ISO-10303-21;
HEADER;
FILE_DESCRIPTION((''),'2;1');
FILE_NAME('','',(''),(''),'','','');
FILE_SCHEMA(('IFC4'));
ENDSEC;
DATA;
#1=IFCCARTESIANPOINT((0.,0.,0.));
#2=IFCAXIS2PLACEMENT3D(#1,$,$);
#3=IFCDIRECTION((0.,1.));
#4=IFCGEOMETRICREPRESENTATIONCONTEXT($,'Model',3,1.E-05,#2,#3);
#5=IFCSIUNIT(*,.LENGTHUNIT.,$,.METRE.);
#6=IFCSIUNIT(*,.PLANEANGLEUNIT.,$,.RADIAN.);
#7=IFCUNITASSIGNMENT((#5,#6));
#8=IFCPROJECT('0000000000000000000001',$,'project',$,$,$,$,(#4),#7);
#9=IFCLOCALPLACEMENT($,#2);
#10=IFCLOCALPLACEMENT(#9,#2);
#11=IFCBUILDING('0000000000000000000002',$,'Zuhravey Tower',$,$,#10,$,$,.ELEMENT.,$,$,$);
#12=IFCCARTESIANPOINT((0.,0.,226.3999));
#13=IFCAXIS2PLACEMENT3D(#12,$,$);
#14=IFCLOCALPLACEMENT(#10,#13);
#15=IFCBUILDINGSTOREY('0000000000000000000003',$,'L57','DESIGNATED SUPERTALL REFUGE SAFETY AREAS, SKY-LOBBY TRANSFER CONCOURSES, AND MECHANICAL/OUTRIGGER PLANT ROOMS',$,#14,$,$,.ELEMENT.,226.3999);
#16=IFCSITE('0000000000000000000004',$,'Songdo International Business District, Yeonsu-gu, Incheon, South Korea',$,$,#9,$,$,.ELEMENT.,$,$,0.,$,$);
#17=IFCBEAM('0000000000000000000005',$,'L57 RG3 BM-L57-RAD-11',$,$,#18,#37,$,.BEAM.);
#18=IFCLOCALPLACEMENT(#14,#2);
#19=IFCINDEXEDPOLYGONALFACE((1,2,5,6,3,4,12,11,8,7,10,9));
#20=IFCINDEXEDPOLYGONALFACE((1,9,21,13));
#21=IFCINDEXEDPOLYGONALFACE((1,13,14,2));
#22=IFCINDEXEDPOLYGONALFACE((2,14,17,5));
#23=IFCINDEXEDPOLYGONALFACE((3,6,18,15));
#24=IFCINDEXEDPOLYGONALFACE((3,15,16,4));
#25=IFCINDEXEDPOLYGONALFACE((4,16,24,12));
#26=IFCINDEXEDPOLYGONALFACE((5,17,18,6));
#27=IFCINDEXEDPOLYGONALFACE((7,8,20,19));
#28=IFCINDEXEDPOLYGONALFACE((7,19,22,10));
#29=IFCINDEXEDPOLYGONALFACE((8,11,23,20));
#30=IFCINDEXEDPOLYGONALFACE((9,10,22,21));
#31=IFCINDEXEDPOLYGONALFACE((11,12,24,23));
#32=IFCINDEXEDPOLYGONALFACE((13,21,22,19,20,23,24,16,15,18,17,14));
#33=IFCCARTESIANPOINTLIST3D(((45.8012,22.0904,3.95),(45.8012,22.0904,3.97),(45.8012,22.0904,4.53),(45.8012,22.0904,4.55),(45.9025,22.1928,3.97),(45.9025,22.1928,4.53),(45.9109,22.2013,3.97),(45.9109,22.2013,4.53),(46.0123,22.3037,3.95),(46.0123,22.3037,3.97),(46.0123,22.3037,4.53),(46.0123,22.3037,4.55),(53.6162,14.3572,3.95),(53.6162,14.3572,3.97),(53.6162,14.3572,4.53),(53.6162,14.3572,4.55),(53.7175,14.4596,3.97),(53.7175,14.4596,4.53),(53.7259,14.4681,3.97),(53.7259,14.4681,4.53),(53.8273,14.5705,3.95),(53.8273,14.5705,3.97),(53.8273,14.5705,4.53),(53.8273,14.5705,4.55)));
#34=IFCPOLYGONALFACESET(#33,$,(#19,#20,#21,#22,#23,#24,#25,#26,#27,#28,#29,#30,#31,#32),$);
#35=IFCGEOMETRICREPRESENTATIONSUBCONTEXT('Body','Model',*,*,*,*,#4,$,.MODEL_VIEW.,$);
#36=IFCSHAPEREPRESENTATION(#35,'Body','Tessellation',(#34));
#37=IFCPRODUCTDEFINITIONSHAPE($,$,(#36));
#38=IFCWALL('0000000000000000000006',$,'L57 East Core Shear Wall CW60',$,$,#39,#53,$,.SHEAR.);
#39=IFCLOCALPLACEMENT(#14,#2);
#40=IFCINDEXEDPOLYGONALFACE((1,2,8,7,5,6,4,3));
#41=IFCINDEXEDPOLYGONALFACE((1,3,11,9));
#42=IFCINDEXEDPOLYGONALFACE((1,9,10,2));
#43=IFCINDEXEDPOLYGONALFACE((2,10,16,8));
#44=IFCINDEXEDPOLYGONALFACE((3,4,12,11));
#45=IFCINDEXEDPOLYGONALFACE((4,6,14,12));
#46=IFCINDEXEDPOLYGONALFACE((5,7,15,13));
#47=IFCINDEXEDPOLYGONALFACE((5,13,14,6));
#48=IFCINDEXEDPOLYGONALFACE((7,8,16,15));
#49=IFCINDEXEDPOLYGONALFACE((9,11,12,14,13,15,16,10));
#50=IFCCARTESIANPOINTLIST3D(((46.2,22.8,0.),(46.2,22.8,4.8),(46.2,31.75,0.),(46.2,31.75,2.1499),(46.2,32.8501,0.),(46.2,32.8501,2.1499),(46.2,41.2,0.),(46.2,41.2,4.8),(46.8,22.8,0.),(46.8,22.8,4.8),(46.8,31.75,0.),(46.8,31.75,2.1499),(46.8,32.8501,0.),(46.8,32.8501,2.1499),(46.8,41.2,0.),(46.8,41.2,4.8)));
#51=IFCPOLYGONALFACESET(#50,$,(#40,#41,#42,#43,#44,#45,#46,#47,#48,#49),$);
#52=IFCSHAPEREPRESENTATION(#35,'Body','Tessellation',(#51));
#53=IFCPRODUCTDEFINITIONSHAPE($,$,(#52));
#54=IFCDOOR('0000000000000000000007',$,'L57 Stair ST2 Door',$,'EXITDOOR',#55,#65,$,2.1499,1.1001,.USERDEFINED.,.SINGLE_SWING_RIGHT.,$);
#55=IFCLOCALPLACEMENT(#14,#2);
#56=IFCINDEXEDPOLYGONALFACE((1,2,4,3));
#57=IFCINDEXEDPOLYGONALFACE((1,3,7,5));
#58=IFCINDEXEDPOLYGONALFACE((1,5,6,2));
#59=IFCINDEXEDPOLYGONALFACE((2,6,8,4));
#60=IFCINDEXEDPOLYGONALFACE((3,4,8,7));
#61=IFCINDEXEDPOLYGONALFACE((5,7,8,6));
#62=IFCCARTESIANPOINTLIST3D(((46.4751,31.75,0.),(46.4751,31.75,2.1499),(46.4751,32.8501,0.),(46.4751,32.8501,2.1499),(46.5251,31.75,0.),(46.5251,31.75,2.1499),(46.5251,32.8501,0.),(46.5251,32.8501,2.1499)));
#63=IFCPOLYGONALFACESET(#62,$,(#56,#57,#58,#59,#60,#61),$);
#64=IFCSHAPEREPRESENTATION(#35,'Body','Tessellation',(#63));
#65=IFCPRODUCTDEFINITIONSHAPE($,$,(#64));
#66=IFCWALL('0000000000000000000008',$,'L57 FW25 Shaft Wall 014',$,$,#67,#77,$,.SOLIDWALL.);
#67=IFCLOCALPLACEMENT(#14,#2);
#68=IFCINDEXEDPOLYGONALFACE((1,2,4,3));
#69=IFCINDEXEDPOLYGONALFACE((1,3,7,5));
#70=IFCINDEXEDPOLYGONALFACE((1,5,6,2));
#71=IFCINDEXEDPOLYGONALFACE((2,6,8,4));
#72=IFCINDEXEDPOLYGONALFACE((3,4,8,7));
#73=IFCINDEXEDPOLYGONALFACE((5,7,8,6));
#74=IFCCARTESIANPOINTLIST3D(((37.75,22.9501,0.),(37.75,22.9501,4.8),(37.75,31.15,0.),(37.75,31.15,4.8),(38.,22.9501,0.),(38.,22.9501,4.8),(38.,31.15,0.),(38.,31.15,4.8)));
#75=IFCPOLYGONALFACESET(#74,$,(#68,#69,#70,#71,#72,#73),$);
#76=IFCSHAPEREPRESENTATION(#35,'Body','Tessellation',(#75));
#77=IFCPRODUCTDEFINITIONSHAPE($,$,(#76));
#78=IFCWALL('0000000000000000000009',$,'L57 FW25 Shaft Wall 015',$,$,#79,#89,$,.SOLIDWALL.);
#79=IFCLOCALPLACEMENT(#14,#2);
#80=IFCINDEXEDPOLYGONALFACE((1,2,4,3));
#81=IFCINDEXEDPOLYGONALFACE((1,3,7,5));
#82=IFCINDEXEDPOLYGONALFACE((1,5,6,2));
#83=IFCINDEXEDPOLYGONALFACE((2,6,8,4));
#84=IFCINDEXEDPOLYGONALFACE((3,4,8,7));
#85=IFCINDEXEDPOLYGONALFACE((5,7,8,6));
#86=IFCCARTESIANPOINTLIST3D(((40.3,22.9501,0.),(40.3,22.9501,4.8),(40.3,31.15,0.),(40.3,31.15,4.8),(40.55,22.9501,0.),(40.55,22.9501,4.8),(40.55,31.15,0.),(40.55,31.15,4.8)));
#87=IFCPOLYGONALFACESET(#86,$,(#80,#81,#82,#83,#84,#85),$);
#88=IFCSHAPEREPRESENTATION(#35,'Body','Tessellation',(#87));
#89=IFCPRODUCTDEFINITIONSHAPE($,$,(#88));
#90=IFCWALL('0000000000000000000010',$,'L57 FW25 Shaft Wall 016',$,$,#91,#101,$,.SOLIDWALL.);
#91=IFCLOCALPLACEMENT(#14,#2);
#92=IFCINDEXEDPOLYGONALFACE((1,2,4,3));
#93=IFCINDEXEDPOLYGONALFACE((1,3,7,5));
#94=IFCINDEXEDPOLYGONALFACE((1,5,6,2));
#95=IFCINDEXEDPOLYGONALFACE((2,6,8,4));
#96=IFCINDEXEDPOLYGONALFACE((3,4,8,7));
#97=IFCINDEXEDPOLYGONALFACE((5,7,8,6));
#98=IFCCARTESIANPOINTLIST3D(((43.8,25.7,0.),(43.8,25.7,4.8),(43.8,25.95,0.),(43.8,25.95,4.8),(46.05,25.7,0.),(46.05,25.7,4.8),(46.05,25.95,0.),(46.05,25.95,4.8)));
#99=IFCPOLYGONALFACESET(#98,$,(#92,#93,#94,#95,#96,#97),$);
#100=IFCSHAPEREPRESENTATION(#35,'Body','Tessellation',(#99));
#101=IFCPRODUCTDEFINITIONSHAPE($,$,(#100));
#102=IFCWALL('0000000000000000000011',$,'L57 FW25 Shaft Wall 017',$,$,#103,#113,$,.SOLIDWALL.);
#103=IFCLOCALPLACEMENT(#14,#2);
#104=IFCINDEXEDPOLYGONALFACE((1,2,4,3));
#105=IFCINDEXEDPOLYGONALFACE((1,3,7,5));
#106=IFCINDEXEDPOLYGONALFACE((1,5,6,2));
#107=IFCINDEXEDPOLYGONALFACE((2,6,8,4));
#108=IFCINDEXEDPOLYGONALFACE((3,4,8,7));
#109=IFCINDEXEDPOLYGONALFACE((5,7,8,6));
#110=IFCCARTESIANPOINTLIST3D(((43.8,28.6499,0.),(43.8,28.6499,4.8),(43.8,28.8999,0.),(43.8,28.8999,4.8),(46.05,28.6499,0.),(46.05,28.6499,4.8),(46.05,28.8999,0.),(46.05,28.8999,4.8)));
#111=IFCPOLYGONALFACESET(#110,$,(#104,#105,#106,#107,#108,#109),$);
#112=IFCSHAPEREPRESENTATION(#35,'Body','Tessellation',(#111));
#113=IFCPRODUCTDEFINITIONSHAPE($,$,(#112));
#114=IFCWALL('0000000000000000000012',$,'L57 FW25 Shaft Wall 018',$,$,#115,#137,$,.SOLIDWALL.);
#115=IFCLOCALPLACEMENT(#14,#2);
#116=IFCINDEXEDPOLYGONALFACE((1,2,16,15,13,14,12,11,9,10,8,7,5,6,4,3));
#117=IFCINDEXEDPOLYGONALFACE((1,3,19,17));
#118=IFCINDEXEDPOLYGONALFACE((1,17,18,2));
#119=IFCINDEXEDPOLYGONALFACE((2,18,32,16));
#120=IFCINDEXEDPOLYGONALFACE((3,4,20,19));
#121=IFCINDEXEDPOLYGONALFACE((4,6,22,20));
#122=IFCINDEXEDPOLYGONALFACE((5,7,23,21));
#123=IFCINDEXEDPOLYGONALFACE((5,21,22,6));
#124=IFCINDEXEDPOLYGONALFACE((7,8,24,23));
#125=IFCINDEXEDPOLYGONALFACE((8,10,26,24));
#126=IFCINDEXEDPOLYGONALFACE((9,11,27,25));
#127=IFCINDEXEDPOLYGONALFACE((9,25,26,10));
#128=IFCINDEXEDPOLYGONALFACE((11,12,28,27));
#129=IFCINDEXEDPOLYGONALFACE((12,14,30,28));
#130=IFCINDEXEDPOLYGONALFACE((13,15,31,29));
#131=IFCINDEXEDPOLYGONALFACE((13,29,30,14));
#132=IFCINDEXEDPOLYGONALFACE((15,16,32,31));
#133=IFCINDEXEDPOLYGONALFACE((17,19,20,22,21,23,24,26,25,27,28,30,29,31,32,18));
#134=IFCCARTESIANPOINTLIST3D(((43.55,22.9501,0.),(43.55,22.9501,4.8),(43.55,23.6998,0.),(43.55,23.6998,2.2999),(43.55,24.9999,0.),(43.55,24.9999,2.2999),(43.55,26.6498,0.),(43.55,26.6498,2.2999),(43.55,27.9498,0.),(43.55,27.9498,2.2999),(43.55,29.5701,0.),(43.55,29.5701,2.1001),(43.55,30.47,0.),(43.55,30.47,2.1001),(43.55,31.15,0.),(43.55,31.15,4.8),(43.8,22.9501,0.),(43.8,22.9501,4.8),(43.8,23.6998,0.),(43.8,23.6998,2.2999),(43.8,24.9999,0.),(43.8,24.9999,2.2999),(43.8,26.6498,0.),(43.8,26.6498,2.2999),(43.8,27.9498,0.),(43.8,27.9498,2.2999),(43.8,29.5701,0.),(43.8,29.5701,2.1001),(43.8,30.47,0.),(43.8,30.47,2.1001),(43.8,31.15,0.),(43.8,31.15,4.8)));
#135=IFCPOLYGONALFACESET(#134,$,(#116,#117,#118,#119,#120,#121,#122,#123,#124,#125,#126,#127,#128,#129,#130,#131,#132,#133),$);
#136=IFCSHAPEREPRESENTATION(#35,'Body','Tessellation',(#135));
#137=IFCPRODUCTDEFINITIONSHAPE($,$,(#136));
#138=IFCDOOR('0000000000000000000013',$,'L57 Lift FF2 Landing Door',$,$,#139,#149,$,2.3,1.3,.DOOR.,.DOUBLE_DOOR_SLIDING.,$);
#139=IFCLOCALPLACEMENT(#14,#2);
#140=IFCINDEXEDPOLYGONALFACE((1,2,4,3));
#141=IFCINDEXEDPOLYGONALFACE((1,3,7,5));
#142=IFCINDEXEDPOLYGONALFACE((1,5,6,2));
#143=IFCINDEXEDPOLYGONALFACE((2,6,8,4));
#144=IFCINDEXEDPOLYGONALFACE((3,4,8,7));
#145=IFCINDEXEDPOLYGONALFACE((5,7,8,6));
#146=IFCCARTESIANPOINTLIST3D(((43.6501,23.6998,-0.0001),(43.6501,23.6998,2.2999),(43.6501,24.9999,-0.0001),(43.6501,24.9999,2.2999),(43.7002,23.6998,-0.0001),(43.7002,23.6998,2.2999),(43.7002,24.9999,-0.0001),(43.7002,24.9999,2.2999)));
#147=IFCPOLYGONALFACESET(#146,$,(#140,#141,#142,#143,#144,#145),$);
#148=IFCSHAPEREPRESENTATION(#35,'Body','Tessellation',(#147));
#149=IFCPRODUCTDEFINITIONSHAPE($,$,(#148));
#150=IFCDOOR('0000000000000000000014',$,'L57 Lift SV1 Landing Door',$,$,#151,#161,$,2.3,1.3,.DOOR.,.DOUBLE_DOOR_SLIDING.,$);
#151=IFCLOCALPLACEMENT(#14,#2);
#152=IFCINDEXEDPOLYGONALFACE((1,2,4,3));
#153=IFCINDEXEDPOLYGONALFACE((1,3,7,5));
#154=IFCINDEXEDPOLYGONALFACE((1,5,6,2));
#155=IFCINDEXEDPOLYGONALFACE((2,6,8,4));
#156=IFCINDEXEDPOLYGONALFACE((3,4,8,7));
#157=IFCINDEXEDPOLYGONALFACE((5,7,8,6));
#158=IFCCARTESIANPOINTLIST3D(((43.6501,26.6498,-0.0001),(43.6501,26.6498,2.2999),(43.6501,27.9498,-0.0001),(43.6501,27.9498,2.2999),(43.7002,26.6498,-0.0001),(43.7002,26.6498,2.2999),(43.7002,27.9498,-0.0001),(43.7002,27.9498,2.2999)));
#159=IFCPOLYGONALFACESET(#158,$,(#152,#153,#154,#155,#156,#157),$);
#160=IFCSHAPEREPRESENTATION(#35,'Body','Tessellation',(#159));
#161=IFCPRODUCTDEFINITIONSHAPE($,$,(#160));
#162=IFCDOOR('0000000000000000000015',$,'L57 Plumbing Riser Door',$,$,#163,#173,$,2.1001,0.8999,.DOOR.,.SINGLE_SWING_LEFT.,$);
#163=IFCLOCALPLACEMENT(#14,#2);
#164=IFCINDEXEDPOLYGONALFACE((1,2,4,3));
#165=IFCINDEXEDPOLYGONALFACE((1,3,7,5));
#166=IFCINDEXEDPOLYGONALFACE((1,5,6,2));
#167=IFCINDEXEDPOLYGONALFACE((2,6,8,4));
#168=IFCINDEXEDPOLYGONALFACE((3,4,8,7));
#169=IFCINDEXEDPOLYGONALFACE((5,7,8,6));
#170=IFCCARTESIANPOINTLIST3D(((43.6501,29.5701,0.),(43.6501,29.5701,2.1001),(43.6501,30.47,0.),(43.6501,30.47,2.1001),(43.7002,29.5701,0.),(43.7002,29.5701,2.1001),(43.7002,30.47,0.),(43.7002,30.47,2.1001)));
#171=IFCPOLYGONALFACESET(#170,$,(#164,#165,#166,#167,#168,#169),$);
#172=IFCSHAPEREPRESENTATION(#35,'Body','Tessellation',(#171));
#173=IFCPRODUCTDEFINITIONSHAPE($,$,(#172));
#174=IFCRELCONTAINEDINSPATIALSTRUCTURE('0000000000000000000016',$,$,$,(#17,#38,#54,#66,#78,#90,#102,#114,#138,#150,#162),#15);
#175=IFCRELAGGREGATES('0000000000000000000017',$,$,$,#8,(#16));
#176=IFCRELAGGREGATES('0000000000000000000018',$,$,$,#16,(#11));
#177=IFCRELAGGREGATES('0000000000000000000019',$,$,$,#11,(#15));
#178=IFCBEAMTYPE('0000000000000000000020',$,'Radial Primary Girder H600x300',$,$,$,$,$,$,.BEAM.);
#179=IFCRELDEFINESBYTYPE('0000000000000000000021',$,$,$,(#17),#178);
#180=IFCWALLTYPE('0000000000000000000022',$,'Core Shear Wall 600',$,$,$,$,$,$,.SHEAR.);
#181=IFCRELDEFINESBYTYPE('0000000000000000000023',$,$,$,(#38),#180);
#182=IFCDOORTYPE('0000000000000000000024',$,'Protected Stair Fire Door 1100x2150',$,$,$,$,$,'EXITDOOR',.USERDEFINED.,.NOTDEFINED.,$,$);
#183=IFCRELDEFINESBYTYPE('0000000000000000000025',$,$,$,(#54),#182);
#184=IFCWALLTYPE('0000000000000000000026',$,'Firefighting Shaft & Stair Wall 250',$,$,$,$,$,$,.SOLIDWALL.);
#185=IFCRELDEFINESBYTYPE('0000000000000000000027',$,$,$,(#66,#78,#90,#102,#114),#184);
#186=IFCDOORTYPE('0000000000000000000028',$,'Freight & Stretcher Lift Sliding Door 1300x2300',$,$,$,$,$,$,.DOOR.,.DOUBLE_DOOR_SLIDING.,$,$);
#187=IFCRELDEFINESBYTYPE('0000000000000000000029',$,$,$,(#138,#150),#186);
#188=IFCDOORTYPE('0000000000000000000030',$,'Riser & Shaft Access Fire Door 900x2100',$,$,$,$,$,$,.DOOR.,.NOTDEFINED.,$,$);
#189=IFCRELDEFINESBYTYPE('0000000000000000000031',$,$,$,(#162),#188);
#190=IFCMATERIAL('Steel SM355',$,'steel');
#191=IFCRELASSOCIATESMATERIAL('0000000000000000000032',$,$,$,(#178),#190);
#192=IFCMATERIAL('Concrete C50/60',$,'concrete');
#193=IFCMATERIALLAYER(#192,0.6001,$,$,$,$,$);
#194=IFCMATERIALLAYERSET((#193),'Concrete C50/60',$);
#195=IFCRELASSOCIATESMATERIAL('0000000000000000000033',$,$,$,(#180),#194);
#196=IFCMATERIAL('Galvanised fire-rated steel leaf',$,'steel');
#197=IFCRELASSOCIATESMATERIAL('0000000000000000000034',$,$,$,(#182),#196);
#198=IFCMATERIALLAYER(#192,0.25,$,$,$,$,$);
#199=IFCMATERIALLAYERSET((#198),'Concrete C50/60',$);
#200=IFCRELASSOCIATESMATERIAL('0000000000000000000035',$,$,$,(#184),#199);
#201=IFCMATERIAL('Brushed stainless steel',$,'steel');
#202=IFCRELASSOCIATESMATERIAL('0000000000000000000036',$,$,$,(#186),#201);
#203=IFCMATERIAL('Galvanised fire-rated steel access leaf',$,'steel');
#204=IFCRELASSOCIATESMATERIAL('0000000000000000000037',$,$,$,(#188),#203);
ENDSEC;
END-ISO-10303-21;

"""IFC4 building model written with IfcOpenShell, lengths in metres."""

from ifc_helpers import new_model, si_unit, direction, frame, frame_2d, origin, origin_2d, place, context, subcontext, project, spatial, rectangle, i_section, extrude, material, layer, layer_set, material_profile, profile_set, type_object, element, fill, save


model = new_model("IFC4")

# Units and contexts
model_context = context("Model", 3, precision=1e-05, world=origin(), true_north=direction((0.0, 1.0)))
body_context = subcontext(model_context, "Body", "Model", "MODEL_VIEW")
ifc_project = project(units=[si_unit("LENGTHUNIT", "METRE"), si_unit("PLANEANGLEUNIT", "RADIAN")], contexts=[model_context])

# Site, building, storey
site_placement = place(None, origin())
site = spatial("IfcSite", under=ifc_project, at=site_placement, Name="Songdo International Business District, Yeonsu-gu, Incheon, South Korea", CompositionType="ELEMENT", RefElevation=0.0)
building_placement = place(site_placement, origin())
building = spatial("IfcBuilding", under=site, at=building_placement, Name="Zuhravey Tower", CompositionType="ELEMENT")
storey_placement = place(building_placement, frame((0.0, 0.0, 226.3999)))
storey = spatial("IfcBuildingStorey", under=building, at=storey_placement, Name="L57", Description="DESIGNATED SUPERTALL REFUGE SAFETY AREAS, SKY-LOBBY TRANSFER CONCOURSES, AND MECHANICAL/OUTRIGGER PLANT ROOMS", CompositionType="ELEMENT", Elevation=226.3999)

# Beam
ifc_material_1 = material(Name="Steel SM355", Category="steel")
ifc_material_profile = material_profile(ifc_material_1, i_section(OverallWidth=0.3, OverallDepth=0.6001, WebThickness=0.012, FlangeThickness=0.02, at=origin_2d()), Name="H-600x300x12x20")
ifc_profile_set = profile_set([ifc_material_profile], Name="Steel SM355")
beam_type = type_object("IfcBeamType", Name="Radial Primary Girder H600x300", PredefinedType="BEAM", material=ifc_profile_set)
beam_placement = place(storey_placement, frame((45.9067, 22.197, 4.25), z_axis=(0.710817, -0.703377, 0.0), x_axis=(0.703377, 0.710817, 0.0)))
element("IfcBeam", 1, at=beam_placement, inside=storey, type_object=beam_type, Name="L57 RG3 BM-L57-RAD-11", PredefinedType="BEAM", context=body_context, shape_type="SweptSolid", body=[
    extrude(i_section(OverallWidth=0.3, OverallDepth=0.6001, WebThickness=0.012, FlangeThickness=0.02, at=origin_2d()), origin(), (0.0, 0.0, 1.0), 10.9944),
])

# Wall, opening, door
ifc_material_2 = material(Name="Concrete C50/60", Category="concrete")
ifc_layer_1 = layer(ifc_material_2, 0.6001)
ifc_layer_set_1 = layer_set([ifc_layer_1], Name="Concrete C50/60")
wall_type_1 = type_object("IfcWallType", Name="Core Shear Wall 600", PredefinedType="SHEAR", material=ifc_layer_set_1)
ifc_material_3 = material(Name="Galvanised fire-rated steel leaf", Category="steel")
wall_1_placement = place(storey_placement, frame((46.5, 22.8, 0.0), z_axis=(0.0, 0.0, 1.0), x_axis=(0.0, 1.0, 0.0)))
wall_1 = element("IfcWall", 2, at=wall_1_placement, inside=storey, type_object=wall_type_1, Name="L57 East Core Shear Wall CW60", PredefinedType="SHEAR", context=body_context, shape_type="SweptSolid", body=[
    extrude(rectangle(XDim=18.3999, YDim=0.6001, at=frame_2d((9.2, 0.0))), origin(), (0.0, 0.0, 1.0), 4.8),
])
opening_1_placement = place(wall_1_placement, frame((8.95, 0.0, 0.0)))
opening_1 = element("IfcOpeningElement", 3, at=opening_1_placement, cuts=wall_1, PredefinedType="OPENING", context=body_context, shape_type="SweptSolid", body=[
    extrude(rectangle(XDim=1.1001, YDim=2.1499, at=frame_2d((0.55, 1.075))), frame((0.0, 0.312, 0.0), z_axis=(0.0, -1.0, 0.0), x_axis=(1.0, 0.0, 0.0)), (0.0, 0.0, 1.0), 0.624),
])
door_type_1 = type_object("IfcDoorType", Name="Protected Stair Fire Door 1100x2150", ElementType="EXITDOOR", OperationType="NOTDEFINED", PredefinedType="USERDEFINED", material=ifc_material_3)
door_1_placement = place(opening_1_placement, origin())
door_1 = element("IfcDoor", 4, at=door_1_placement, inside=storey, type_object=door_type_1, Name="L57 Stair ST2 Door", ObjectType="EXITDOOR", OperationType="SINGLE_SWING_RIGHT", OverallHeight=2.1499, OverallWidth=1.1001, PredefinedType="USERDEFINED", context=body_context, shape_type="SweptSolid", body=[
    extrude(rectangle(XDim=1.1001, YDim=2.1499, at=frame_2d((0.55, 1.075))), frame((0.0, 0.0249, 0.0), z_axis=(0.0, -1.0, 0.0), x_axis=(1.0, 0.0, 0.0)), (0.0, 0.0, 1.0), 0.05),
])
fill(opening_1, door_1)

# Walls
ifc_layer_2 = layer(ifc_material_2, 0.25)
ifc_layer_set_2 = layer_set([ifc_layer_2], Name="Concrete C50/60")
wall_type_2 = type_object("IfcWallType", Name="Firefighting Shaft & Stair Wall 250", PredefinedType="SOLIDWALL", material=ifc_layer_set_2)
for number, where, z_axis, x_axis, name in (
    (5, (37.875, 22.95, 0.0), (0.0, 0.0, 1.0), (0.0, 1.0, 0.0), "L57 FW25 Shaft Wall 014"),
    (6, (40.425, 22.95, 0.0), (0.0, 0.0, 1.0), (0.0, 1.0, 0.0), "L57 FW25 Shaft Wall 015"),
):
    element("IfcWall", number, at=place(storey_placement, frame(where, z_axis=z_axis, x_axis=x_axis)), inside=storey, type_object=wall_type_2, Name=name, PredefinedType="SOLIDWALL", context=body_context, shape_type="SweptSolid", body=[
        extrude(rectangle(XDim=8.2, YDim=0.25, at=frame_2d((4.1001, 0.0))), origin(), (0.0, 0.0, 1.0), 4.8),
    ])
for number, where, z_axis, x_axis, name in (
    (7, (43.8, 25.825, 0.0), (0.0, 0.0, 1.0), (1.0, 0.0, 0.0), "L57 FW25 Shaft Wall 016"),
    (8, (43.8, 28.7749, 0.0), (0.0, 0.0, 1.0), (1.0, 0.0, 0.0), "L57 FW25 Shaft Wall 017"),
):
    element("IfcWall", number, at=place(storey_placement, frame(where, z_axis=z_axis, x_axis=x_axis)), inside=storey, type_object=wall_type_2, Name=name, PredefinedType="SOLIDWALL", context=body_context, shape_type="SweptSolid", body=[
        extrude(rectangle(XDim=2.25, YDim=0.25, at=frame_2d((1.125, 0.0))), origin(), (0.0, 0.0, 1.0), 4.8),
    ])

# Wall, openings, doors
wall_2_placement = place(storey_placement, frame((43.675, 22.95, 0.0), z_axis=(0.0, 0.0, 1.0), x_axis=(0.0, 1.0, 0.0)))
wall_2 = element("IfcWall", 9, at=wall_2_placement, inside=storey, type_object=wall_type_2, Name="L57 FW25 Shaft Wall 018", PredefinedType="SOLIDWALL", context=body_context, shape_type="SweptSolid", body=[
    extrude(rectangle(XDim=8.2, YDim=0.25, at=frame_2d((4.1001, 0.0))), origin(), (0.0, 0.0, 1.0), 4.8),
])
opening_2_placement = place(wall_2_placement, frame((0.75, 0.0, 0.0)))
opening_2 = element("IfcOpeningElement", 10, at=opening_2_placement, cuts=wall_2, PredefinedType="OPENING", context=body_context, shape_type="SweptSolid", body=[
    extrude(rectangle(XDim=1.3, YDim=2.3, at=frame_2d((0.6499, 1.1499))), frame((0.0, 0.137, 0.0), z_axis=(0.0, -1.0, 0.0), x_axis=(1.0, 0.0, 0.0)), (0.0, 0.0, 1.0), 0.2739),
])
opening_3_placement = place(wall_2_placement, frame((3.7, 0.0, 0.0)))
opening_3 = element("IfcOpeningElement", 11, at=opening_3_placement, cuts=wall_2, PredefinedType="OPENING", context=body_context, shape_type="SweptSolid", body=[
    extrude(rectangle(XDim=1.3, YDim=2.3, at=frame_2d((0.6499, 1.1499))), frame((0.0, 0.137, 0.0), z_axis=(0.0, -1.0, 0.0), x_axis=(1.0, 0.0, 0.0)), (0.0, 0.0, 1.0), 0.2739),
])
opening_4_placement = place(wall_2_placement, frame((6.6201, 0.0, 0.0)))
opening_4 = element("IfcOpeningElement", 12, at=opening_4_placement, cuts=wall_2, PredefinedType="OPENING", context=body_context, shape_type="SweptSolid", body=[
    extrude(rectangle(XDim=0.8999, YDim=2.1001, at=frame_2d((0.45, 1.05))), frame((0.0, 0.137, 0.0), z_axis=(0.0, -1.0, 0.0), x_axis=(1.0, 0.0, 0.0)), (0.0, 0.0, 1.0), 0.2739),
])
ifc_material_4 = material(Name="Brushed stainless steel", Category="steel")
door_type_2 = type_object("IfcDoorType", Name="Freight & Stretcher Lift Sliding Door 1300x2300", OperationType="DOUBLE_DOOR_SLIDING", PredefinedType="DOOR", material=ifc_material_4)
door_2_placement = place(opening_2_placement, origin())
door_2 = element("IfcDoor", 13, at=door_2_placement, inside=storey, type_object=door_type_2, Name="L57 Lift FF2 Landing Door", OperationType="DOUBLE_DOOR_SLIDING", OverallHeight=2.3, OverallWidth=1.3, PredefinedType="DOOR", context=body_context, shape_type="SweptSolid", body=[
    extrude(rectangle(XDim=1.3, YDim=2.3, at=frame_2d((0.6499, 1.1499))), frame((0.0, 0.0249, 0.0), z_axis=(0.0, -1.0, 0.0), x_axis=(1.0, 0.0, 0.0)), (0.0, 0.0, 1.0), 0.05),
])
fill(opening_2, door_2)
door_3_placement = place(opening_3_placement, origin())
door_3 = element("IfcDoor", 14, at=door_3_placement, inside=storey, type_object=door_type_2, Name="L57 Lift SV1 Landing Door", OperationType="DOUBLE_DOOR_SLIDING", OverallHeight=2.3, OverallWidth=1.3, PredefinedType="DOOR", context=body_context, shape_type="SweptSolid", body=[
    extrude(rectangle(XDim=1.3, YDim=2.3, at=frame_2d((0.6499, 1.1499))), frame((0.0, 0.0249, 0.0), z_axis=(0.0, -1.0, 0.0), x_axis=(1.0, 0.0, 0.0)), (0.0, 0.0, 1.0), 0.05),
])
fill(opening_3, door_3)
ifc_material_5 = material(Name="Galvanised fire-rated steel access leaf", Category="steel")
door_type_3 = type_object("IfcDoorType", Name="Riser & Shaft Access Fire Door 900x2100", OperationType="NOTDEFINED", PredefinedType="DOOR", material=ifc_material_5)
door_4_placement = place(opening_4_placement, origin())
door_4 = element("IfcDoor", 15, at=door_4_placement, inside=storey, type_object=door_type_3, Name="L57 Plumbing Riser Door", OperationType="SINGLE_SWING_LEFT", OverallHeight=2.1001, OverallWidth=0.8999, PredefinedType="DOOR", context=body_context, shape_type="SweptSolid", body=[
    extrude(rectangle(XDim=0.8999, YDim=2.1001, at=frame_2d((0.45, 1.05))), frame((0.0, 0.0249, 0.0), z_axis=(0.0, -1.0, 0.0), x_axis=(1.0, 0.0, 0.0)), (0.0, 0.0, 1.0), 0.05),
])
fill(opening_4, door_4)

save(model, "model.ifc")
